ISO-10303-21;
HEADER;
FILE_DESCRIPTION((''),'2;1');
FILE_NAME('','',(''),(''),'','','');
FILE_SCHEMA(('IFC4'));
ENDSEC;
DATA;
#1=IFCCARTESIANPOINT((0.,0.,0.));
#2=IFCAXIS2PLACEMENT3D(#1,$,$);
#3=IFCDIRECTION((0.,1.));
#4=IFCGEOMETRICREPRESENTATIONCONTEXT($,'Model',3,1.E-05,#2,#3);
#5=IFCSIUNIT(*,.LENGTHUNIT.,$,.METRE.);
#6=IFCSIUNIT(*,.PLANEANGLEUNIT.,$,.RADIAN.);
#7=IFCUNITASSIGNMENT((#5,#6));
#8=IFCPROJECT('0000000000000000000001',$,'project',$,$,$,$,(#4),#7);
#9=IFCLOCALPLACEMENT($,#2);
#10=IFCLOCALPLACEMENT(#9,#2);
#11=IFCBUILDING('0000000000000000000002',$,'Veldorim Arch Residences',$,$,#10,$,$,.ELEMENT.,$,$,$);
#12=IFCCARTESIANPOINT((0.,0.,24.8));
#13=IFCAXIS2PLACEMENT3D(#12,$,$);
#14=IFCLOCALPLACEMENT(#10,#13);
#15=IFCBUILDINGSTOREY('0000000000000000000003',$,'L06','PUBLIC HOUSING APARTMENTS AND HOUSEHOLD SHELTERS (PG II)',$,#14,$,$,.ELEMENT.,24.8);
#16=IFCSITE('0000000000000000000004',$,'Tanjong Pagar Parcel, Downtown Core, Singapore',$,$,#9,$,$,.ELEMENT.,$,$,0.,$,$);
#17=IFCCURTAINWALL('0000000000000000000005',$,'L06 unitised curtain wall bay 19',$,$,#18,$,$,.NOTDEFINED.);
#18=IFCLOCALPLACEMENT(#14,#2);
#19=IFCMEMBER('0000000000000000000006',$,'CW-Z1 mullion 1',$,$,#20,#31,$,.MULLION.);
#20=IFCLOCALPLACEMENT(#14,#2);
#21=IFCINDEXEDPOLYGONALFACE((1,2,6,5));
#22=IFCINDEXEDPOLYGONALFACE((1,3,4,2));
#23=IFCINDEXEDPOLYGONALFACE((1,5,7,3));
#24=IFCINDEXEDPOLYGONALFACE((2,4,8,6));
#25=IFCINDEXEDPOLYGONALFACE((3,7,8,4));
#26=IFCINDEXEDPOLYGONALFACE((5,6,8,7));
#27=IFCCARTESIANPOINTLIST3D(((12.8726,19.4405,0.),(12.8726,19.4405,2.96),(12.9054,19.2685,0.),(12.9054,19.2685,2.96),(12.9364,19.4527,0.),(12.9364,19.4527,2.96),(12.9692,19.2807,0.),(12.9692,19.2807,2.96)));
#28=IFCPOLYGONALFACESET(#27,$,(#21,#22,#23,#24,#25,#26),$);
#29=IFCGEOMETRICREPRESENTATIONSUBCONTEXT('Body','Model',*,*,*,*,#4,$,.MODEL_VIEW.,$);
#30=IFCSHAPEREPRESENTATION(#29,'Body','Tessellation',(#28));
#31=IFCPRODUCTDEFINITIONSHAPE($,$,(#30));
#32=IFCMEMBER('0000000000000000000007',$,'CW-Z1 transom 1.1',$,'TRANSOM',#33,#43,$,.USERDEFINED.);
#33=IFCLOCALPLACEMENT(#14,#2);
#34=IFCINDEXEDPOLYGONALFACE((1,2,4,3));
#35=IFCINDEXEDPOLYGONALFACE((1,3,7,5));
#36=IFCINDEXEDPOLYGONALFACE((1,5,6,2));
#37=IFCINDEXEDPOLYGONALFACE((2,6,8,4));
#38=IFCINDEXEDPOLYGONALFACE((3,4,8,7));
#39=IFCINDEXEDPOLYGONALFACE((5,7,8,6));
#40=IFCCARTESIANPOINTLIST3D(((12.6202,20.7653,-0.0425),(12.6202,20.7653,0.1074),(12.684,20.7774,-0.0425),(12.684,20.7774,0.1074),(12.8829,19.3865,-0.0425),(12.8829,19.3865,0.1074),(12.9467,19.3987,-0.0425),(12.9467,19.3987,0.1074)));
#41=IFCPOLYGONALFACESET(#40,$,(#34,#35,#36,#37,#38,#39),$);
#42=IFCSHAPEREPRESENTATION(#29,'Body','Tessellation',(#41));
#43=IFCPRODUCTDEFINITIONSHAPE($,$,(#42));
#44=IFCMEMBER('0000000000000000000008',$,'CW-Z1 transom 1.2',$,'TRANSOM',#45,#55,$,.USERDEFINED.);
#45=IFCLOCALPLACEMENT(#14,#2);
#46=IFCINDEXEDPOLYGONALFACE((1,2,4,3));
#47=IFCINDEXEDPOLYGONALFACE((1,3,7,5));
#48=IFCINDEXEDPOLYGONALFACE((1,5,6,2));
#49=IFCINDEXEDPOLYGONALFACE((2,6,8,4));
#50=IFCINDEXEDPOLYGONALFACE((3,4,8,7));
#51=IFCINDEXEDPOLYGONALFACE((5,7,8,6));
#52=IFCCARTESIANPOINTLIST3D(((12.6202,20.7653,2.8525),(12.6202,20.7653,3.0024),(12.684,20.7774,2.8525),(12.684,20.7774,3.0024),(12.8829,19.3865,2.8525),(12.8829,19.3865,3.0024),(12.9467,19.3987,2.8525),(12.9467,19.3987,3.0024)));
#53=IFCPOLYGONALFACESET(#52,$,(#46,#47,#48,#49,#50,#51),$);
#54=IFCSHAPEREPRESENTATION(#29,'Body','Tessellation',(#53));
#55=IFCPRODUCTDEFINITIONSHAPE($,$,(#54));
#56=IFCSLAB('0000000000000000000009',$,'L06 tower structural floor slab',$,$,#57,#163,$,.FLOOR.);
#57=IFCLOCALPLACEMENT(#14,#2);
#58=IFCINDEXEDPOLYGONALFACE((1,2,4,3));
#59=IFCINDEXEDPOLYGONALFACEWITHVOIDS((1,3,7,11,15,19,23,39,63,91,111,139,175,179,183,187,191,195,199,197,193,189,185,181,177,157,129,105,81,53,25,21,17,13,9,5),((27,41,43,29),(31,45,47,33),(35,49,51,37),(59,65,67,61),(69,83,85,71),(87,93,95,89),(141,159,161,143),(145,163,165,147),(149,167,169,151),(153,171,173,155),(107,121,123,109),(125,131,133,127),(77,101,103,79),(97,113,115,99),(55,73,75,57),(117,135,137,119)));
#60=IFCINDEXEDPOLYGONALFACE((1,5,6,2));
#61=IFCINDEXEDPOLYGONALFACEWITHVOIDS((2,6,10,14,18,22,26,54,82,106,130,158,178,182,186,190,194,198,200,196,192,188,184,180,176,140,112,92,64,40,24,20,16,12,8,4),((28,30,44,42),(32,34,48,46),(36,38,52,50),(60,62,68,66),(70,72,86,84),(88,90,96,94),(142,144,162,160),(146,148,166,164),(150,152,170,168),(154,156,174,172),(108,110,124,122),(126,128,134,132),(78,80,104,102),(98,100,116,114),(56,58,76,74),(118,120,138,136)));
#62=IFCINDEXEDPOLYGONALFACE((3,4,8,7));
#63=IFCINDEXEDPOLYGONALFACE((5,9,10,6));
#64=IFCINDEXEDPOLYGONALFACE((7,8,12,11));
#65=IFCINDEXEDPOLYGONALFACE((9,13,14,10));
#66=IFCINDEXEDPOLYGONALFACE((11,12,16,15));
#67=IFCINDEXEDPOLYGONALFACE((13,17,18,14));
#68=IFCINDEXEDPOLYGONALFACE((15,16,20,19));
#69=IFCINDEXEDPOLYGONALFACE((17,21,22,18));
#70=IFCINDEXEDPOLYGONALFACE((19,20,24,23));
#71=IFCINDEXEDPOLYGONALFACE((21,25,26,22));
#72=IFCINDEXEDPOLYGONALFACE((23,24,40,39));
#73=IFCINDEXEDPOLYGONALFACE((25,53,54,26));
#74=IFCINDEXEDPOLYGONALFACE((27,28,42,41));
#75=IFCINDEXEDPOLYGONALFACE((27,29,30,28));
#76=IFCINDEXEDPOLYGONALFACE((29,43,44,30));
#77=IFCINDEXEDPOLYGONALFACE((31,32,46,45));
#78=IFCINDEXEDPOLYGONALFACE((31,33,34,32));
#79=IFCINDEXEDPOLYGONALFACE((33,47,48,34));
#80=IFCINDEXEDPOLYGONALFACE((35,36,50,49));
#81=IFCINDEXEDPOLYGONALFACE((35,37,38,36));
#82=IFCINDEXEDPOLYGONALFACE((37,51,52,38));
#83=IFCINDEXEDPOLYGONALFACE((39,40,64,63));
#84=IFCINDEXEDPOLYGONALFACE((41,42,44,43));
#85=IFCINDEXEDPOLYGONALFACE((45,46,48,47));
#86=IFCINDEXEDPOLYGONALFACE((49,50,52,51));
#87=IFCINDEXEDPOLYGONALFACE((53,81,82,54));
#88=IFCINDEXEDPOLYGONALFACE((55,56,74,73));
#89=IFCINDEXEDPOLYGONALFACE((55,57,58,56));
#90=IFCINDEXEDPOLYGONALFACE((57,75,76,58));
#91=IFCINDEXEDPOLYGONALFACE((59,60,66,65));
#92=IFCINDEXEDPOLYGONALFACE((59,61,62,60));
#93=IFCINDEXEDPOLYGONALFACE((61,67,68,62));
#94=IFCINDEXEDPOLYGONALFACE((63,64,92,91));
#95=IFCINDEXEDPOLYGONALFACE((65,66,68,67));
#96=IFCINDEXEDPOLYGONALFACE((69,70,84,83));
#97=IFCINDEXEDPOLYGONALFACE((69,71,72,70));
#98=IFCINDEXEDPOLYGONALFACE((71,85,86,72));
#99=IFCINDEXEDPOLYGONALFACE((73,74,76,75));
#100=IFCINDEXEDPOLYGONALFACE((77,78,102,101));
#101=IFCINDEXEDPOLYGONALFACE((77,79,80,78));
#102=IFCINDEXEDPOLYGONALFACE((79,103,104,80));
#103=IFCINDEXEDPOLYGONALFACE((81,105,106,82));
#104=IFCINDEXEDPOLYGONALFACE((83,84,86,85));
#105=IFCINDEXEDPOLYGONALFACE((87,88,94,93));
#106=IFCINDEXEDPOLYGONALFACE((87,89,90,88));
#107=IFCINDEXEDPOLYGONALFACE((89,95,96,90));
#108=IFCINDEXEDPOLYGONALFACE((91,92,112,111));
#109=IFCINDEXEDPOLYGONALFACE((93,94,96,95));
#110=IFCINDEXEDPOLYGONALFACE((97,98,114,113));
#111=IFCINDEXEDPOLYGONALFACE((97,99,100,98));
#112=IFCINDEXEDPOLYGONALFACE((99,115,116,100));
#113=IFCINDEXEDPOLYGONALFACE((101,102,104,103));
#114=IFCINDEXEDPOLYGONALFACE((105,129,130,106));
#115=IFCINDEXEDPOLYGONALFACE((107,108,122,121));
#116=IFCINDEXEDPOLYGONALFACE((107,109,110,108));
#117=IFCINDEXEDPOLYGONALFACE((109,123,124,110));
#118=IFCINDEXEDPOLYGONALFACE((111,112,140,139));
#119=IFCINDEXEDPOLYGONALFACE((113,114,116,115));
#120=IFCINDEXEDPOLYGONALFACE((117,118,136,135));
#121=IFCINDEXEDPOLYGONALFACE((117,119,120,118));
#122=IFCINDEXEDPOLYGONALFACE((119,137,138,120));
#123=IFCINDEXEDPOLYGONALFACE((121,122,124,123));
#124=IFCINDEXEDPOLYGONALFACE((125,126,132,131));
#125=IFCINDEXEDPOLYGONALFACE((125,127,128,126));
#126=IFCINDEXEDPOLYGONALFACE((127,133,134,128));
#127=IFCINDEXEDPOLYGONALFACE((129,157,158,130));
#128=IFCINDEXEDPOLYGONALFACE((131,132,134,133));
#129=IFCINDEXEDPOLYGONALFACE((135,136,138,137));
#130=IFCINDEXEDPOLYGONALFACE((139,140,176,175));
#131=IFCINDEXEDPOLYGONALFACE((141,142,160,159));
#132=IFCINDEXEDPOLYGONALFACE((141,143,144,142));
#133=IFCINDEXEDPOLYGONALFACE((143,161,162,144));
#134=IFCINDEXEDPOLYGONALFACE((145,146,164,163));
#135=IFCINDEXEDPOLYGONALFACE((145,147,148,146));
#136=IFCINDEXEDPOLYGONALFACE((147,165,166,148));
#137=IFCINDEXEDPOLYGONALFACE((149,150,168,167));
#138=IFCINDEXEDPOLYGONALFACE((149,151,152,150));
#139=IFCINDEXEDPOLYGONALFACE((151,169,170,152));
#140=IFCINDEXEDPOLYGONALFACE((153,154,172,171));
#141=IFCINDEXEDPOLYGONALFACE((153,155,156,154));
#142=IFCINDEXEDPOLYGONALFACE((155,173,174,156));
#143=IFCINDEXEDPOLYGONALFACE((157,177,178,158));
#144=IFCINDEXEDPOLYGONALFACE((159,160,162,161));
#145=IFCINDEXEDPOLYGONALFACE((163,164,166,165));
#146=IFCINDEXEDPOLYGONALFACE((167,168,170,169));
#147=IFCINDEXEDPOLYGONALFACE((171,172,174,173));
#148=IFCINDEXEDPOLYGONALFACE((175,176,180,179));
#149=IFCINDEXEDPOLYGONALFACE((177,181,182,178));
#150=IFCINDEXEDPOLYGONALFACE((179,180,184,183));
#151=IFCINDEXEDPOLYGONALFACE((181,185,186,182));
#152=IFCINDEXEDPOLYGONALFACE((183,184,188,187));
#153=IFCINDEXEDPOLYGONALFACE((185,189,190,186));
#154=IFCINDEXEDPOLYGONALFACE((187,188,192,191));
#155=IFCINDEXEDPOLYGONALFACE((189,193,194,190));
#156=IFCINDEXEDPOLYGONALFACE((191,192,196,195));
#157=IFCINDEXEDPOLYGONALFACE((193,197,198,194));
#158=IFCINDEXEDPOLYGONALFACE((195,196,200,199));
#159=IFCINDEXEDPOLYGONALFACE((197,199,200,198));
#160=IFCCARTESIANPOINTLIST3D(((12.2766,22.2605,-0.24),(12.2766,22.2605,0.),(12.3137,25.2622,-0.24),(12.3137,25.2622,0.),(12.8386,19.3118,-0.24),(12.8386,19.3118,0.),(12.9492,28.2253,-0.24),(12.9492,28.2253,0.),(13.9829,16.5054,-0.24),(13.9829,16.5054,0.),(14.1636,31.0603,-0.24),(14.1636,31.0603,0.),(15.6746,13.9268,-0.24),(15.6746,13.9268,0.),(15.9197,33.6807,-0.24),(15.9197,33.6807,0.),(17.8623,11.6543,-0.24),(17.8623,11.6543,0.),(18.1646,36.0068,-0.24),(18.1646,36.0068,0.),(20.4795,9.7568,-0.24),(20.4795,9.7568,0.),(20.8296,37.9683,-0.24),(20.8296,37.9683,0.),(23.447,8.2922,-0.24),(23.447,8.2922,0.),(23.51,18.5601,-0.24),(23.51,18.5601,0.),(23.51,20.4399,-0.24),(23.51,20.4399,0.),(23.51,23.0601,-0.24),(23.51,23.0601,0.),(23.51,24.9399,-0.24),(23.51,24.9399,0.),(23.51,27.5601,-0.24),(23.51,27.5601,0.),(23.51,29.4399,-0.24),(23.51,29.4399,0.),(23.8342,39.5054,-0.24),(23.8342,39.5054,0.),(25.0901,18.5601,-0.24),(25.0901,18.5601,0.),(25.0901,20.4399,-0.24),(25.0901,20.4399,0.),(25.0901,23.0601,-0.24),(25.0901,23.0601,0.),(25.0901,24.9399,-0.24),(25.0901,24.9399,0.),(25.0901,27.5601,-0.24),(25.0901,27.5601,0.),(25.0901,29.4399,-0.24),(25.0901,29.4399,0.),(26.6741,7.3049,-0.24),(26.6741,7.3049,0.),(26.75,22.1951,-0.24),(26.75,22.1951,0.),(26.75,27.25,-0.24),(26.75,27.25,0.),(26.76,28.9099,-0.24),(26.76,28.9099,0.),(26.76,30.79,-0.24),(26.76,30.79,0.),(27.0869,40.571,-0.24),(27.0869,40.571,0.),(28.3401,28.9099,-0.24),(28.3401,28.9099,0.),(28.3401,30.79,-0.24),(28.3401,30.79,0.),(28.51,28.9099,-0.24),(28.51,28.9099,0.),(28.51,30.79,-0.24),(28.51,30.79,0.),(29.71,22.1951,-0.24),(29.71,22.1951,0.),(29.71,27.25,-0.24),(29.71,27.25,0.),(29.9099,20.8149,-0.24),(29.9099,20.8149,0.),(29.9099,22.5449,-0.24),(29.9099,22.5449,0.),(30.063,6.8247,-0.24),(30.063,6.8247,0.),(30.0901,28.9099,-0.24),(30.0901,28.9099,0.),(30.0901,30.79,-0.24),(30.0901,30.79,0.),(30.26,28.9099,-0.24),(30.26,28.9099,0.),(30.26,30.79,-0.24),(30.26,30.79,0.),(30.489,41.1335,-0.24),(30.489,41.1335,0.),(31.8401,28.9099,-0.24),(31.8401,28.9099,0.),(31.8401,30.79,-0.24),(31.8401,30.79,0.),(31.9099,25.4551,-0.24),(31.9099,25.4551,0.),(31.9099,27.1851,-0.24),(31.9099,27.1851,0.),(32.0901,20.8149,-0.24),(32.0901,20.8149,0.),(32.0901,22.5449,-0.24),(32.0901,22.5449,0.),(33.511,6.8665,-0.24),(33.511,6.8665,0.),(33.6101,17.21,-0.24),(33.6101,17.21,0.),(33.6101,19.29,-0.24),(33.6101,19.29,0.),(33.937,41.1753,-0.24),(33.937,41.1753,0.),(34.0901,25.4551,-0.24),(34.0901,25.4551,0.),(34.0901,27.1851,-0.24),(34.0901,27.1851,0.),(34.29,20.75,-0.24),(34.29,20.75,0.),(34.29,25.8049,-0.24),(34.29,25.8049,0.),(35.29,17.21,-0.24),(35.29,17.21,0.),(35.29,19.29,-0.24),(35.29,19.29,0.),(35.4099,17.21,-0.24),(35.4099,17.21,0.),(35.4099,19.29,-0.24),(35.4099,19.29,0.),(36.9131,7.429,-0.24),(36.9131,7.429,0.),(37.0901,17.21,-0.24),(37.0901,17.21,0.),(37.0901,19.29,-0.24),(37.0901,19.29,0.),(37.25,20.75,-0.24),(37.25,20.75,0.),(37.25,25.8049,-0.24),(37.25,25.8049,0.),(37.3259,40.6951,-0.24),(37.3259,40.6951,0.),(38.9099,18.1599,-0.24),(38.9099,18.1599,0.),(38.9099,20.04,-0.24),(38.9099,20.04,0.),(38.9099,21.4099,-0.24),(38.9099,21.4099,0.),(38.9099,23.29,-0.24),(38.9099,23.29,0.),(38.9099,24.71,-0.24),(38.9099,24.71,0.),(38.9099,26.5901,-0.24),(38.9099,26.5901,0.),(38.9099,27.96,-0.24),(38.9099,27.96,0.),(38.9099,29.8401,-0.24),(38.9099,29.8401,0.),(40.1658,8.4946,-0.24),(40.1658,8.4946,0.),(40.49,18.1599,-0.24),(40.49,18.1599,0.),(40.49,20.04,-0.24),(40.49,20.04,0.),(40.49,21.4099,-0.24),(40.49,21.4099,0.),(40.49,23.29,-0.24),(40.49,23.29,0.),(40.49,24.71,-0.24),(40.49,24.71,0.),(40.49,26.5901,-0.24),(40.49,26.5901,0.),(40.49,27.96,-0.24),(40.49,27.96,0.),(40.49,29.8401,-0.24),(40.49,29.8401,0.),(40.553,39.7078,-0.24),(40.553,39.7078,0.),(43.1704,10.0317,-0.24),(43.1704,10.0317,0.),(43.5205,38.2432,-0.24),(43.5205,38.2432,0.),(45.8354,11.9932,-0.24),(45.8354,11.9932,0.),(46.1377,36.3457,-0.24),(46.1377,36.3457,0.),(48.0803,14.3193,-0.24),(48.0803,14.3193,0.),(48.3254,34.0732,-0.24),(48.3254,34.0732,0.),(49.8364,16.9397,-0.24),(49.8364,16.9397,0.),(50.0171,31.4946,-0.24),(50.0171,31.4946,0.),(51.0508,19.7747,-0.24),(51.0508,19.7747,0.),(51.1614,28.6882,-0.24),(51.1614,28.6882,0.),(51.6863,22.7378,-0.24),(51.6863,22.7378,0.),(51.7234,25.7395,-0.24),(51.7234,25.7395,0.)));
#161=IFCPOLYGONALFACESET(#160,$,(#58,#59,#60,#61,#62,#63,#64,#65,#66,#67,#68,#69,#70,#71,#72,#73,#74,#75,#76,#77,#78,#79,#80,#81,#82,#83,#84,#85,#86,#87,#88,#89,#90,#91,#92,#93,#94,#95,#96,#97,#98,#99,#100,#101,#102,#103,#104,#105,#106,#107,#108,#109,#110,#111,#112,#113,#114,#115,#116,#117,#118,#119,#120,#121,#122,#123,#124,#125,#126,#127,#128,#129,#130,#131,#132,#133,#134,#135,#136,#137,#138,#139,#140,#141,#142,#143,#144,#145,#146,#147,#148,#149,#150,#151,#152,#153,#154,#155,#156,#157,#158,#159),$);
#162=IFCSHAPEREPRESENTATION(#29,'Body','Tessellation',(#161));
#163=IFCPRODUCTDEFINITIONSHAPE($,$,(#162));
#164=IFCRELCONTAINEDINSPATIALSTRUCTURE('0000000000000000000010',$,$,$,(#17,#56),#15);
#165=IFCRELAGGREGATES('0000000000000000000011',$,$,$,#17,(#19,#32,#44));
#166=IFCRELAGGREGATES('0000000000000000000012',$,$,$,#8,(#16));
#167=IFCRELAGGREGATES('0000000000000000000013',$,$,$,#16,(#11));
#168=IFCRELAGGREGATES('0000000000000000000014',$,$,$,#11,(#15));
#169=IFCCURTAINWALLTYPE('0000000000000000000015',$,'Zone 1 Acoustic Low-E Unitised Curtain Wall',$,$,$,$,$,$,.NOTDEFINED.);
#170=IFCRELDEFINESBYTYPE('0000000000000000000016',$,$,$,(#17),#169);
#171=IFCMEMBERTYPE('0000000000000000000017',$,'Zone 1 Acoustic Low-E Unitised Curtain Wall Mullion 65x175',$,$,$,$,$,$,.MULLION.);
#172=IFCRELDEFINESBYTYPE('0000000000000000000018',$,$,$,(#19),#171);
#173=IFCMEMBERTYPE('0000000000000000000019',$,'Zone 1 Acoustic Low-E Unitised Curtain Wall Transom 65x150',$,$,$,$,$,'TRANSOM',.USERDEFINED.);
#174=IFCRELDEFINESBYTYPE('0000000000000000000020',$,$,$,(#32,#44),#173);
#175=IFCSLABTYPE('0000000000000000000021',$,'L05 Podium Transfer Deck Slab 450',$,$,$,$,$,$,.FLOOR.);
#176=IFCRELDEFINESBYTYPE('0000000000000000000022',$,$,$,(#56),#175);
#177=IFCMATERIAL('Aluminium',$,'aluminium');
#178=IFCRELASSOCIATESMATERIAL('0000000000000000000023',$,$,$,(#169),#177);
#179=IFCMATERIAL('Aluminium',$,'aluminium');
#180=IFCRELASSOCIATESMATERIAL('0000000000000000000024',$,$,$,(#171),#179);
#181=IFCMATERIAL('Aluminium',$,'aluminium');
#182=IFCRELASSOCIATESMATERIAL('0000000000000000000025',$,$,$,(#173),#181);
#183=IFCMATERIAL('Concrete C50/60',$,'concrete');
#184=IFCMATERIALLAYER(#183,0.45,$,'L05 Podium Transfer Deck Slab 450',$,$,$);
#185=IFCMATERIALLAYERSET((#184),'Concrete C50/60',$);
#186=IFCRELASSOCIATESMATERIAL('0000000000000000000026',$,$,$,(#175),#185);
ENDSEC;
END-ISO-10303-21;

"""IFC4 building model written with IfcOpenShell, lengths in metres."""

from ifc_helpers import new_model, si_unit, direction, frame, origin, origin_2d, place, context, subcontext, project, spatial, polyline, rectangle, outline, extrude, material, layer, layer_set, material_profile, profile_set, type_object, element, aggregate, save


model = new_model("IFC4")

# Units and contexts
model_context = context("Model", 3, precision=1e-05, world=origin(), true_north=direction((0.0, 1.0)))
body_context = subcontext(model_context, "Body", "Model", "MODEL_VIEW")
ifc_project = project(units=[si_unit("LENGTHUNIT", "METRE"), si_unit("PLANEANGLEUNIT", "RADIAN")], contexts=[model_context])

# Site, building, storey
site_placement = place(None, origin())
site = spatial("IfcSite", under=ifc_project, at=site_placement, Name="Tanjong Pagar Parcel, Downtown Core, Singapore", CompositionType="ELEMENT", RefElevation=0.0)
building_placement = place(site_placement, origin())
building = spatial("IfcBuilding", under=site, at=building_placement, Name="Veldorim Arch Residences", CompositionType="ELEMENT")
storey_placement = place(building_placement, frame((0.0, 0.0, 24.8)))
storey = spatial("IfcBuildingStorey", under=building, at=storey_placement, Name="L06", Description="PUBLIC HOUSING APARTMENTS AND HOUSEHOLD SHELTERS (PG II)", CompositionType="ELEMENT", Elevation=24.8)

# Curtain wall, members
ifc_material_1 = material(Name="Aluminium", Category="aluminium")
curtain_wall_type = type_object("IfcCurtainWallType", Name="Zone 1 Acoustic Low-E Unitised Curtain Wall", PredefinedType="NOTDEFINED", material=ifc_material_1)
curtain_wall_placement = place(storey_placement, origin())
curtain_wall = element("IfcCurtainWall", 1, at=curtain_wall_placement, inside=storey, type_object=curtain_wall_type, Name="L06 unitised curtain wall bay 19", PredefinedType="NOTDEFINED")
ifc_material_2 = material(Name="Aluminium", Category="aluminium")
ifc_material_profile_1 = material_profile(ifc_material_2, rectangle(XDim=0.0649, YDim=0.175, at=origin_2d()), Name="ALU_MUL_65x175")
ifc_profile_set_1 = profile_set([ifc_material_profile_1], Name="Aluminium")
member_type_1 = type_object("IfcMemberType", Name="Zone 1 Acoustic Low-E Unitised Curtain Wall Mullion 65x175", PredefinedType="MULLION", material=ifc_profile_set_1)
member_1_placement = place(storey_placement, frame((12.9209, 19.3606, 0.0), z_axis=(0.0, 0.0, 1.0), x_axis=(-0.982318, -0.187222, 0.0)))
member_1 = element("IfcMember", 2, at=member_1_placement, type_object=member_type_1, Name="CW-Z1 mullion 1", PredefinedType="MULLION", context=body_context, shape_type="SweptSolid", body=[
    extrude(rectangle(XDim=0.0649, YDim=0.175, at=origin_2d()), origin(), (0.0, 0.0, 1.0), 2.96),
])
ifc_material_3 = material(Name="Aluminium", Category="aluminium")
ifc_material_profile_2 = material_profile(ifc_material_3, rectangle(XDim=0.0649, YDim=0.1499, at=origin_2d()), Name="ALU_TRN_65x150")
ifc_profile_set_2 = profile_set([ifc_material_profile_2], Name="Aluminium")
member_type_2 = type_object("IfcMemberType", Name="Zone 1 Acoustic Low-E Unitised Curtain Wall Transom 65x150", ElementType="TRANSOM", PredefinedType="USERDEFINED", material=ifc_profile_set_2)
member_2_placement = place(storey_placement, frame((12.9148, 19.3926, 0.0325), z_axis=(-0.187176, 0.982326, 0.0), x_axis=(-0.982326, -0.187176, 0.0)))
member_2 = element("IfcMember", 3, at=member_2_placement, type_object=member_type_2, Name="CW-Z1 transom 1.1", ObjectType="TRANSOM", PredefinedType="USERDEFINED", context=body_context, shape_type="SweptSolid", body=[
    extrude(rectangle(XDim=0.0649, YDim=0.1499, at=origin_2d()), origin(), (0.0, 0.0, 1.0), 1.4036),
])
member_3_placement = place(storey_placement, frame((12.9148, 19.3926, 2.9275), z_axis=(-0.187176, 0.982326, 0.0), x_axis=(-0.982326, -0.187176, 0.0)))
member_3 = element("IfcMember", 4, at=member_3_placement, type_object=member_type_2, Name="CW-Z1 transom 1.2", ObjectType="TRANSOM", PredefinedType="USERDEFINED", context=body_context, shape_type="SweptSolid", body=[
    extrude(rectangle(XDim=0.0649, YDim=0.1499, at=origin_2d()), origin(), (0.0, 0.0, 1.0), 1.4036),
])

# Slab
ifc_material_4 = material(Name="Concrete C50/60", Category="concrete")
ifc_layer_1 = layer(ifc_material_4, 0.45, Name="L05 Podium Transfer Deck Slab 450")
ifc_layer_set_1 = layer_set([ifc_layer_1], Name="Concrete C50/60")
slab_type_1 = type_object("IfcSlabType", Name="L05 Podium Transfer Deck Slab 450", PredefinedType="FLOOR", material=ifc_layer_set_1)
slab_1_placement = place(storey_placement, frame((0.0, 0.0, -0.24)))
element("IfcSlab", 5, at=slab_1_placement, inside=storey, type_object=slab_type_1, Name="L06 tower structural floor slab", PredefinedType="FLOOR", context=body_context, shape_type="SweptSolid", body=[
    extrude(outline(polyline([(51.7234, 25.7395), (51.1614, 28.6882), (50.0171, 31.4946), (48.3254, 34.0732), (46.1377, 36.3457), (43.5205, 38.2432), (40.553, 39.7078), (37.3259, 40.6951), (33.937, 41.1753), (30.489, 41.1335), (27.0869, 40.571), (23.8342, 39.5054), (20.8296, 37.9683), (18.1646, 36.0068), (15.9197, 33.6807), (14.1636, 31.0603), (12.9492, 28.2253), (12.3137, 25.2622), (12.2766, 22.2605), (12.8386, 19.3118), (13.9829, 16.5054), (15.6746, 13.9268), (17.8623, 11.6543), (20.4795, 9.7568), (23.447, 8.2922), (26.6741, 7.3049), (30.063, 6.8247), (33.511, 6.8665), (36.9131, 7.429), (40.1658, 8.4946), (43.1704, 10.0317), (45.8354, 11.9932), (48.0803, 14.3193), (49.8364, 16.9397), (51.0508, 19.7747), (51.6863, 22.7378), (51.7234, 25.7395)]), holes=[polyline([(23.51, 20.4399), (25.0901, 20.4399), (25.0901, 18.5601), (23.51, 18.5601), (23.51, 20.4399)]), polyline([(29.9099, 22.5449), (32.0901, 22.5449), (32.0901, 20.8149), (29.9099, 20.8149), (29.9099, 22.5449)]), polyline([(23.51, 24.9399), (25.0901, 24.9399), (25.0901, 23.0601), (23.51, 23.0601), (23.51, 24.9399)]), polyline([(26.75, 27.25), (29.71, 27.25), (29.71, 22.1951), (26.75, 22.1951), (26.75, 27.25)]), polyline([(23.51, 29.4399), (25.0901, 29.4399), (25.0901, 27.5601), (23.51, 27.5601), (23.51, 29.4399)]), polyline([(26.76, 30.79), (28.3401, 30.79), (28.3401, 28.9099), (26.76, 28.9099), (26.76, 30.79)]), polyline([(28.51, 30.79), (30.0901, 30.79), (30.0901, 28.9099), (28.51, 28.9099), (28.51, 30.79)]), polyline([(30.26, 30.79), (31.8401, 30.79), (31.8401, 28.9099), (30.26, 28.9099), (30.26, 30.79)]), polyline([(33.6101, 19.29), (35.29, 19.29), (35.29, 17.21), (33.6101, 17.21), (33.6101, 19.29)]), polyline([(35.4099, 19.29), (37.0901, 19.29), (37.0901, 17.21), (35.4099, 17.21), (35.4099, 19.29)]), polyline([(38.9099, 20.04), (40.49, 20.04), (40.49, 18.1599), (38.9099, 18.1599), (38.9099, 20.04)]), polyline([(38.9099, 23.29), (40.49, 23.29), (40.49, 21.4099), (38.9099, 21.4099), (38.9099, 23.29)]), polyline([(34.29, 25.8049), (37.25, 25.8049), (37.25, 20.75), (34.29, 20.75), (34.29, 25.8049)]), polyline([(38.9099, 26.5901), (40.49, 26.5901), (40.49, 24.71), (38.9099, 24.71), (38.9099, 26.5901)]), polyline([(31.9099, 27.1851), (34.0901, 27.1851), (34.0901, 25.4551), (31.9099, 25.4551), (31.9099, 27.1851)]), polyline([(38.9099, 29.8401), (40.49, 29.8401), (40.49, 27.96), (38.9099, 27.96), (38.9099, 29.8401)])]), origin(), (0.0, 0.0, 1.0), 0.24),
])

aggregate(curtain_wall, [member_1, member_2, member_3])

save(model, "model.ifc")
